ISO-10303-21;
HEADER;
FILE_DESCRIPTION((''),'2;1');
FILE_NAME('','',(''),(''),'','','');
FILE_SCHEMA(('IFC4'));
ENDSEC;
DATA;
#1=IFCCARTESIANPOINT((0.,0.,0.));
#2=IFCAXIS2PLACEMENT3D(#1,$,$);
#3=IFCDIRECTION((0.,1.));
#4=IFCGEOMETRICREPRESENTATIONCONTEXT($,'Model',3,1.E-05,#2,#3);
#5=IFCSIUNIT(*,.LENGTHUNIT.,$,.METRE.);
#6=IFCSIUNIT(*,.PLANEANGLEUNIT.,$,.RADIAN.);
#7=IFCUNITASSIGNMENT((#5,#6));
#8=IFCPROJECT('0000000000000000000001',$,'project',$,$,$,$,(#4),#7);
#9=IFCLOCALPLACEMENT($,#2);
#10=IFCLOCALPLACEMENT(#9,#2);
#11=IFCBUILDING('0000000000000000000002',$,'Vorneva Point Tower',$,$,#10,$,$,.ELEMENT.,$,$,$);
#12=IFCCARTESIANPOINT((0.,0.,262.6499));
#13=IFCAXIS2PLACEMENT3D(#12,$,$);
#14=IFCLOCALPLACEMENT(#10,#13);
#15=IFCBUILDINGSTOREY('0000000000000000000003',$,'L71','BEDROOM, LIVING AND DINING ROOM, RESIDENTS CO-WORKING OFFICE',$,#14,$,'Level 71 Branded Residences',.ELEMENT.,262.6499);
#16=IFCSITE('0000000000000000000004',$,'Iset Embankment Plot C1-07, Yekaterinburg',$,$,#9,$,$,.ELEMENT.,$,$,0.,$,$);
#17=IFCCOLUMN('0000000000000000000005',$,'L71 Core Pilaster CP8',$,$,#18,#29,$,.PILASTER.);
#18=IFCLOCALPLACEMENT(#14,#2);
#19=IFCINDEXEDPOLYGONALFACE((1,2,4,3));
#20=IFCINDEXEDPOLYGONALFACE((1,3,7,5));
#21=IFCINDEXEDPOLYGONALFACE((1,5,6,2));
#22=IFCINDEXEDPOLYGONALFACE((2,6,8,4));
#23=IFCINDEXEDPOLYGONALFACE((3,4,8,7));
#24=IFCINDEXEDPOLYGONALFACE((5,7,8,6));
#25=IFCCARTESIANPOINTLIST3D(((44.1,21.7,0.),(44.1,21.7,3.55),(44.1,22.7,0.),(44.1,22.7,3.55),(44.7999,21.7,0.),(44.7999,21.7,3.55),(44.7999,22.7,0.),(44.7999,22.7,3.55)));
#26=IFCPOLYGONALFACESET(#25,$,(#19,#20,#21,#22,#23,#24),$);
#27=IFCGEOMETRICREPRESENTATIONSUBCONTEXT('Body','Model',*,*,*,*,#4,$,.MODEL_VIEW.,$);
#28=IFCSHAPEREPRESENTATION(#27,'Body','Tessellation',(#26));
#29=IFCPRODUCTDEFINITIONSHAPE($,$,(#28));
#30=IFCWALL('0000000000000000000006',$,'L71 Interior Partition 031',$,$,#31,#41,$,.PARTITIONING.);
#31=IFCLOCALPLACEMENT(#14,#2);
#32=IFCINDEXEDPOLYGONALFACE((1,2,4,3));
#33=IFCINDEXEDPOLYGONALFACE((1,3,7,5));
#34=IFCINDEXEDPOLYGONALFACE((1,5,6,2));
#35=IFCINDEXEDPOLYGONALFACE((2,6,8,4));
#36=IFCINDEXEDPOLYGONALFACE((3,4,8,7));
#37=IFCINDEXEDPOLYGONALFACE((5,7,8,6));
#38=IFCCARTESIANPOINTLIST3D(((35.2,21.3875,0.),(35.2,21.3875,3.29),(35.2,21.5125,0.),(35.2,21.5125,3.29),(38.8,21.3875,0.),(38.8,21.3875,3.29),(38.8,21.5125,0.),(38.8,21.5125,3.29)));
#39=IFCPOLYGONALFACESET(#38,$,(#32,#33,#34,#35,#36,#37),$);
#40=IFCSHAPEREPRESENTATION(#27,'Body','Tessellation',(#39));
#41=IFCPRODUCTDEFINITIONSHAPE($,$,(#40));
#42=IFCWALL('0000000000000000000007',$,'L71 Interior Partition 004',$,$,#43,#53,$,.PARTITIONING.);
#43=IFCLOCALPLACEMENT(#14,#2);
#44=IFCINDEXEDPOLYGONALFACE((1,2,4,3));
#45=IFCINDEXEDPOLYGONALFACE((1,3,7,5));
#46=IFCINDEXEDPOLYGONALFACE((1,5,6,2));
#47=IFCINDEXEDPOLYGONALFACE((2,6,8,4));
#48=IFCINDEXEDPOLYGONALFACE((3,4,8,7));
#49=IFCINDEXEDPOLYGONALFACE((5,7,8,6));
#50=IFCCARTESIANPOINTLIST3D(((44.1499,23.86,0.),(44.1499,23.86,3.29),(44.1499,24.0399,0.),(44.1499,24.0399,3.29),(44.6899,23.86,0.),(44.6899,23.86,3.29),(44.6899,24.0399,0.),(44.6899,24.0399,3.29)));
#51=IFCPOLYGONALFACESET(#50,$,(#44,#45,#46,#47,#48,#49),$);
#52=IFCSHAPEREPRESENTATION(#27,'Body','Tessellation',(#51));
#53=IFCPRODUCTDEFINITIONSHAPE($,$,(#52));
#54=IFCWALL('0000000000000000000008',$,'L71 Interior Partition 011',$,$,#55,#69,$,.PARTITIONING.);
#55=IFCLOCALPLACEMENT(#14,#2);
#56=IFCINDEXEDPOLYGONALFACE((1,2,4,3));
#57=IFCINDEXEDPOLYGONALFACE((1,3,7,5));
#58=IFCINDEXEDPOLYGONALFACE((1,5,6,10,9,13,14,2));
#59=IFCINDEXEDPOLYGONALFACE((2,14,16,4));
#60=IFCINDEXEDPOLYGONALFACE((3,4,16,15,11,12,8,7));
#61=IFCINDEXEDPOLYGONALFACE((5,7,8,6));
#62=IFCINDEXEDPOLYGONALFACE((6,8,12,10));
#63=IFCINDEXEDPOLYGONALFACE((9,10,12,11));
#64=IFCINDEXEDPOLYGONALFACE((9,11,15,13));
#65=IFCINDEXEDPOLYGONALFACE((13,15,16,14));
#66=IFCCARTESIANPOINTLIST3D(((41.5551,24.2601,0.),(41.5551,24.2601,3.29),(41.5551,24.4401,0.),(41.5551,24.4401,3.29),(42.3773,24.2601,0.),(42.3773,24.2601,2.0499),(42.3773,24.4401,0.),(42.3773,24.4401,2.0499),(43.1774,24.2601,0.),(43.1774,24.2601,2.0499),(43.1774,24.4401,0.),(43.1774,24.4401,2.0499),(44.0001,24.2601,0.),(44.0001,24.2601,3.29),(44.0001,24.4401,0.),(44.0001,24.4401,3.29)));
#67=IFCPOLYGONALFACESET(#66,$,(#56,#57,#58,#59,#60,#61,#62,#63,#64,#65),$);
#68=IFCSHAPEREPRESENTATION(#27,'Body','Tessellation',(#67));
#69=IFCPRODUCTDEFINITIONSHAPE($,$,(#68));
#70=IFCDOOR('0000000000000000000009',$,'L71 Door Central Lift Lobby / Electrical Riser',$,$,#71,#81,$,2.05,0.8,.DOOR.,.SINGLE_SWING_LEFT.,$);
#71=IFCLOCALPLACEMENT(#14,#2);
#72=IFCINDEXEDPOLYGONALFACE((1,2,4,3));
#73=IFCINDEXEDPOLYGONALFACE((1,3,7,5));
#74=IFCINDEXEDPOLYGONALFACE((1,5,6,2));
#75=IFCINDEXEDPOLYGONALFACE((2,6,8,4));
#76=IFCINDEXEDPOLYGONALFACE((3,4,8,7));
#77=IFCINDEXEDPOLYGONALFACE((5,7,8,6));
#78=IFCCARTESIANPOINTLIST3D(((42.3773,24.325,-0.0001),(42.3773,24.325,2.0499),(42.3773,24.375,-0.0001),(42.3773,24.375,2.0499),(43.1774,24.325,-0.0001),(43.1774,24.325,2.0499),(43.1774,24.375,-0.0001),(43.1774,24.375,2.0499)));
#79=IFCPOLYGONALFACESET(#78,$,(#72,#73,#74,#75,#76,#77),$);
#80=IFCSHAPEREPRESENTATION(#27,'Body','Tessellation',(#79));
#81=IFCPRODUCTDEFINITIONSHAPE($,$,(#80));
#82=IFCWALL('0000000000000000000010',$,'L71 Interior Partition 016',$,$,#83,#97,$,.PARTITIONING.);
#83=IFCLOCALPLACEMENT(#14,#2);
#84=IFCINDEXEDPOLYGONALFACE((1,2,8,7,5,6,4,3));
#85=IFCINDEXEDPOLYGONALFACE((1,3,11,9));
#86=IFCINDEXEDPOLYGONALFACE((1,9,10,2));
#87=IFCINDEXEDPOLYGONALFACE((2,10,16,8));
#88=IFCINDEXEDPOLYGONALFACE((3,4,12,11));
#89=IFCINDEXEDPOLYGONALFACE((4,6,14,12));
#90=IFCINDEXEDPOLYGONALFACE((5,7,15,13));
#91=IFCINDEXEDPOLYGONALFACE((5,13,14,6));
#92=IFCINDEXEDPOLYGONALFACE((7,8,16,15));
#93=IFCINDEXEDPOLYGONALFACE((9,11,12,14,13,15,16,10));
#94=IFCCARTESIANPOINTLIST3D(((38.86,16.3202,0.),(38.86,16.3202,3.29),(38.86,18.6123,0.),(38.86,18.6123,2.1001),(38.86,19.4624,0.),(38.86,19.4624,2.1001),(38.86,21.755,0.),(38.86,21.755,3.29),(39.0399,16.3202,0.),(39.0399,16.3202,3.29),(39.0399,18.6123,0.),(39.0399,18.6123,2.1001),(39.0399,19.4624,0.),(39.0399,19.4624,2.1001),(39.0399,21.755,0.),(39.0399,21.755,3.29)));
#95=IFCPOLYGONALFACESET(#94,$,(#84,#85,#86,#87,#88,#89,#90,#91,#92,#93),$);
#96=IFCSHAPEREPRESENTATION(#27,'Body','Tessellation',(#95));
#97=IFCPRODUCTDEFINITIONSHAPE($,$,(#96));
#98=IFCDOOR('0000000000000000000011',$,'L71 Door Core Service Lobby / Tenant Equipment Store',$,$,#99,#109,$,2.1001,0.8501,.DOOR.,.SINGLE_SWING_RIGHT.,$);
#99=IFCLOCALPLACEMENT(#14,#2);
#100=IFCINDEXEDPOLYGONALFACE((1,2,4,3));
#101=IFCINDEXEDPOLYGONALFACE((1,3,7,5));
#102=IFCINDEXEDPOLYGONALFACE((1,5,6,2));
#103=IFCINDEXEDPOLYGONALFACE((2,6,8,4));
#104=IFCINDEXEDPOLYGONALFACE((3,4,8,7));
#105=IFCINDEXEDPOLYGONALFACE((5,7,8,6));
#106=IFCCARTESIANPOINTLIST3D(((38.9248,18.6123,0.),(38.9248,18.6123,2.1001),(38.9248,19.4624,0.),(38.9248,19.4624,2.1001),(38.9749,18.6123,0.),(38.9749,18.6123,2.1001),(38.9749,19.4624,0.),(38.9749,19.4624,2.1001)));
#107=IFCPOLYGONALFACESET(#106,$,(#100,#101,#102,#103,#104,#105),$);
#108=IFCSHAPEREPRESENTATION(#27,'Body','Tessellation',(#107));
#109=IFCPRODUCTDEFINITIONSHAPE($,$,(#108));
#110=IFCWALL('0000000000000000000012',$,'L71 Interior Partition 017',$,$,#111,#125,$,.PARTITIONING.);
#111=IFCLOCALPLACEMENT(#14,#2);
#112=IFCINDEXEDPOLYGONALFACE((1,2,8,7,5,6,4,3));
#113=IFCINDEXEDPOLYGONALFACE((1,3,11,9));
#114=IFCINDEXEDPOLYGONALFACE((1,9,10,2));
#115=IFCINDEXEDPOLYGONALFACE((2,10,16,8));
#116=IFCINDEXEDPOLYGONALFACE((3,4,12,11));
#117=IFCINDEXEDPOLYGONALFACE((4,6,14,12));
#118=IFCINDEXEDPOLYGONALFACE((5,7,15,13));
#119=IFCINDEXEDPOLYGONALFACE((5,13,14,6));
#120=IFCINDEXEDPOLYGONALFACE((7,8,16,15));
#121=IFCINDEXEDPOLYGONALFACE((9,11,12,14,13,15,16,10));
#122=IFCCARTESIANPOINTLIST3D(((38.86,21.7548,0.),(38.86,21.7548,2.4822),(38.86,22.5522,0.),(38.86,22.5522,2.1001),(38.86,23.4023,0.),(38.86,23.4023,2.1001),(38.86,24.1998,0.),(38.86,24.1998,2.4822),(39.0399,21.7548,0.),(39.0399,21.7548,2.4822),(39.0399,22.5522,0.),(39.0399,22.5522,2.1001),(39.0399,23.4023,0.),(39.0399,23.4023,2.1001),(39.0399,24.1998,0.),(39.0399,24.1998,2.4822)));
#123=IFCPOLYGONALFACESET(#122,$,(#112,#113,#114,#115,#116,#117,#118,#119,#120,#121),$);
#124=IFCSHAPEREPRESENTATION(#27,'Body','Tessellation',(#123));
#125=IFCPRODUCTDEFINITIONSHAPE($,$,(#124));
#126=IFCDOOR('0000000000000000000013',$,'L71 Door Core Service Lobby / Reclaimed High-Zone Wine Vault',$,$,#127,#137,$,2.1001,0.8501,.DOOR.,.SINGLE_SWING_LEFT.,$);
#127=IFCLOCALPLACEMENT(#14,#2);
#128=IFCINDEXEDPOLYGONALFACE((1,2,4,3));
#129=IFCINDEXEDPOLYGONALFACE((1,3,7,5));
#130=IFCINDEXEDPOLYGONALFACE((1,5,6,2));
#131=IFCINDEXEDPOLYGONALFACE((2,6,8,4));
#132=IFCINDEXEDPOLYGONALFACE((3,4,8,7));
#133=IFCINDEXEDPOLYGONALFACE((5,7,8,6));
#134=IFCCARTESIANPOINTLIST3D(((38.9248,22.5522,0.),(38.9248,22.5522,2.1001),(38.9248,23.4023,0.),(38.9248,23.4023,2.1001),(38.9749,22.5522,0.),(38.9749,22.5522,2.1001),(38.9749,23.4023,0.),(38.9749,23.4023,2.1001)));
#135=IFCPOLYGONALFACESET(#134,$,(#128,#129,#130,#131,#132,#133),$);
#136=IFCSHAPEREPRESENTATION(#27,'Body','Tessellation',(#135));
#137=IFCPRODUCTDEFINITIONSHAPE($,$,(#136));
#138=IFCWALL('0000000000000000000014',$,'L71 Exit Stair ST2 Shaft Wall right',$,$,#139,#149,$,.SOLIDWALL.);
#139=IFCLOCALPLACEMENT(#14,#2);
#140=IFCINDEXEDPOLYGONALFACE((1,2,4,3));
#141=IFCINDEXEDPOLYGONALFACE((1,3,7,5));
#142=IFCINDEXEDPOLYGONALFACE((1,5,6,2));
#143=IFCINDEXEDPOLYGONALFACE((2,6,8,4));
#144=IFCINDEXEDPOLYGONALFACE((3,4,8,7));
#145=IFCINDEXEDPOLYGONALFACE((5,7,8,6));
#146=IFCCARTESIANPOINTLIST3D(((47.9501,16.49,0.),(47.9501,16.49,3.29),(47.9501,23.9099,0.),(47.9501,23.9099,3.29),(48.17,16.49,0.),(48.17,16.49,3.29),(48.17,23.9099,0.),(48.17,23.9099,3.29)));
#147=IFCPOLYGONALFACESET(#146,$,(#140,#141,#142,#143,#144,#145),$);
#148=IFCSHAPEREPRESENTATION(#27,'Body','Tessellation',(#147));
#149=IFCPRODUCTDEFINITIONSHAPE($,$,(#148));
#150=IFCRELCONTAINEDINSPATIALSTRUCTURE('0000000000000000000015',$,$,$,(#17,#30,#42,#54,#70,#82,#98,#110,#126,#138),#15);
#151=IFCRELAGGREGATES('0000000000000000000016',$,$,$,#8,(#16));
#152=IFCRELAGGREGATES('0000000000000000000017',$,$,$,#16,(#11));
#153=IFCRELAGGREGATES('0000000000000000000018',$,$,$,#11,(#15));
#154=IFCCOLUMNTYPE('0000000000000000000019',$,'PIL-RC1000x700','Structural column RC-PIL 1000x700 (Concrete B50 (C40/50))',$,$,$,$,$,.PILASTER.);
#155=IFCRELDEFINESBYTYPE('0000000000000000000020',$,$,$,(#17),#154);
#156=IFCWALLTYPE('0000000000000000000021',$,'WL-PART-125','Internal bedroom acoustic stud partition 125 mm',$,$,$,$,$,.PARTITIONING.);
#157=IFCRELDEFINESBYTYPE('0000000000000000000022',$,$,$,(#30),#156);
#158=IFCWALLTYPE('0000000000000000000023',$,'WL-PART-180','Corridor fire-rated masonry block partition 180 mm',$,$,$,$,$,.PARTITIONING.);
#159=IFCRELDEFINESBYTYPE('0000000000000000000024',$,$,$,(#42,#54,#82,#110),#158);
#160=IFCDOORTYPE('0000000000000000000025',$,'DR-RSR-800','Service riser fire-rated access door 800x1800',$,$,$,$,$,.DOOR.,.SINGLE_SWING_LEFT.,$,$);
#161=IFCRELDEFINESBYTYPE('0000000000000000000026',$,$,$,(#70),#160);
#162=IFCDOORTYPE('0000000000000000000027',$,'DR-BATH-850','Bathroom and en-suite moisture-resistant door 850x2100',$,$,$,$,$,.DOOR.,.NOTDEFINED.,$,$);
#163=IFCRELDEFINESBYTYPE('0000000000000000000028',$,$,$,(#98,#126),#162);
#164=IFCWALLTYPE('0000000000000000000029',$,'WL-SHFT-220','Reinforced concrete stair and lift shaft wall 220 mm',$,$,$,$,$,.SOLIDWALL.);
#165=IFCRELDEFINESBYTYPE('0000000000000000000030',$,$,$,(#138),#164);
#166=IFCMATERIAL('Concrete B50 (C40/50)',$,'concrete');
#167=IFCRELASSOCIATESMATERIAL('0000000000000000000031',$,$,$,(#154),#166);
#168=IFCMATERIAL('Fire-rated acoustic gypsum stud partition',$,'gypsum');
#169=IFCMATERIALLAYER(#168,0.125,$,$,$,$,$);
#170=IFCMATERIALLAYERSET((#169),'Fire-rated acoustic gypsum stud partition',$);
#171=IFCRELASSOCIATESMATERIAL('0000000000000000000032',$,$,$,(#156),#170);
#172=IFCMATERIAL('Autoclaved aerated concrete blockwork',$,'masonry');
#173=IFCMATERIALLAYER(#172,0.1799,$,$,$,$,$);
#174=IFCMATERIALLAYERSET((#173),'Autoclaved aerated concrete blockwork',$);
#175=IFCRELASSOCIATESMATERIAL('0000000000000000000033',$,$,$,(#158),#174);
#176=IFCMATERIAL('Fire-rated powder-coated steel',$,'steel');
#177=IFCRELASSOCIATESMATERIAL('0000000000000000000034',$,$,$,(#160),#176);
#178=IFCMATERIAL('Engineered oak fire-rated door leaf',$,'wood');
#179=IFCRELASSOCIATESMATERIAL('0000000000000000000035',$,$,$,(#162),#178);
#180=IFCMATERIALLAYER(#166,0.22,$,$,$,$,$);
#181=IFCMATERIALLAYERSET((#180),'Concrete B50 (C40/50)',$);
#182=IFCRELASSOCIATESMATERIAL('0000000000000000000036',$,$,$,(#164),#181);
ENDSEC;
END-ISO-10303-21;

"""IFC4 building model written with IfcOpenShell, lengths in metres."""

from ifc_helpers import new_model, si_unit, direction, frame, frame_2d, origin, origin_2d, place, context, subcontext, project, spatial, rectangle, extrude, material, layer, layer_set, material_profile, profile_set, type_object, element, fill, save


model = new_model("IFC4")

# Units and contexts
model_context = context("Model", 3, precision=1e-05, world=origin(), true_north=direction((0.0, 1.0)))
body_context = subcontext(model_context, "Body", "Model", "MODEL_VIEW")
ifc_project = project(units=[si_unit("LENGTHUNIT", "METRE"), si_unit("PLANEANGLEUNIT", "RADIAN")], contexts=[model_context])

# Site, building, storey
site_placement = place(None, origin())
site = spatial("IfcSite", under=ifc_project, at=site_placement, Name="Iset Embankment Plot C1-07, Yekaterinburg", CompositionType="ELEMENT", RefElevation=0.0)
building_placement = place(site_placement, origin())
building = spatial("IfcBuilding", under=site, at=building_placement, Name="Vorneva Point Tower", CompositionType="ELEMENT")
storey_placement = place(building_placement, frame((0.0, 0.0, 262.6499)))
storey = spatial("IfcBuildingStorey", under=building, at=storey_placement, Name="L71", Description="BEDROOM, LIVING AND DINING ROOM, RESIDENTS CO-WORKING OFFICE", LongName="Level 71 Branded Residences", CompositionType="ELEMENT", Elevation=262.6499)

# Column
ifc_material_1 = material(Name="Concrete B50 (C40/50)", Category="concrete")
ifc_material_profile = material_profile(ifc_material_1, rectangle(XDim=0.7, YDim=1.0, at=origin_2d()), Name="RC-PIL 1000x700")
ifc_profile_set = profile_set([ifc_material_profile], Name="Concrete B50 (C40/50)")
column_type = type_object("IfcColumnType", Name="PIL-RC1000x700", Description="Structural column RC-PIL 1000x700 (Concrete B50 (C40/50))", PredefinedType="PILASTER", material=ifc_profile_set)
column_placement = place(storey_placement, frame((44.45, 22.2, 0.0), z_axis=(0.0, 0.0, 1.0), x_axis=(1.0, 0.0, 0.0)))
element("IfcColumn", 1, at=column_placement, inside=storey, type_object=column_type, Name="L71 Core Pilaster CP8", PredefinedType="PILASTER", context=body_context, shape_type="SweptSolid", body=[
    extrude(rectangle(XDim=0.7, YDim=1.0, at=origin_2d()), origin(), (0.0, 0.0, 1.0), 3.55),
])

# Walls
ifc_material_2 = material(Name="Fire-rated acoustic gypsum stud partition", Category="gypsum")
ifc_layer_1 = layer(ifc_material_2, 0.125)
ifc_layer_set_1 = layer_set([ifc_layer_1], Name="Fire-rated acoustic gypsum stud partition")
wall_type_1 = type_object("IfcWallType", Name="WL-PART-125", Description="Internal bedroom acoustic stud partition 125 mm", PredefinedType="PARTITIONING", material=ifc_layer_set_1)
wall_1_placement = place(storey_placement, frame((38.8, 21.45, 0.0), z_axis=(0.0, 0.0, 1.0), x_axis=(-1.0, 0.0, 0.0)))
element("IfcWall", 2, at=wall_1_placement, inside=storey, type_object=wall_type_1, Name="L71 Interior Partition 031", PredefinedType="PARTITIONING", context=body_context, shape_type="SweptSolid", body=[
    extrude(rectangle(XDim=3.6001, YDim=0.125, at=frame_2d((1.8, 0.0))), origin(), (0.0, 0.0, 1.0), 3.29),
])
ifc_material_3 = material(Name="Autoclaved aerated concrete blockwork", Category="masonry")
ifc_layer_2 = layer(ifc_material_3, 0.1799)
ifc_layer_set_2 = layer_set([ifc_layer_2], Name="Autoclaved aerated concrete blockwork")
wall_type_2 = type_object("IfcWallType", Name="WL-PART-180", Description="Corridor fire-rated masonry block partition 180 mm", PredefinedType="PARTITIONING", material=ifc_layer_set_2)
wall_2_placement = place(storey_placement, frame((44.1499, 23.95, 0.0), z_axis=(0.0, 0.0, 1.0), x_axis=(1.0, 0.0, 0.0)))
element("IfcWall", 3, at=wall_2_placement, inside=storey, type_object=wall_type_2, Name="L71 Interior Partition 004", PredefinedType="PARTITIONING", context=body_context, shape_type="SweptSolid", body=[
    extrude(rectangle(XDim=0.54, YDim=0.1799, at=frame_2d((0.27, 0.0))), origin(), (0.0, 0.0, 1.0), 3.29),
])

# Walls, openings, doors
ifc_material_4 = material(Name="Fire-rated powder-coated steel", Category="steel")
wall_3_placement = place(storey_placement, frame((41.5549, 24.3501, 0.0), z_axis=(0.0, 0.0, 1.0), x_axis=(1.0, 0.0, 0.0)))
wall_3 = element("IfcWall", 4, at=wall_3_placement, inside=storey, type_object=wall_type_2, Name="L71 Interior Partition 011", PredefinedType="PARTITIONING", context=body_context, shape_type="SweptSolid", body=[
    extrude(rectangle(XDim=2.4451, YDim=0.1799, at=frame_2d((1.2227, 0.0))), origin(), (0.0, 0.0, 1.0), 3.29),
])
opening_1_placement = place(wall_3_placement, frame((0.8225, 0.0, 0.0)))
opening_1 = element("IfcOpeningElement", 5, at=opening_1_placement, cuts=wall_3, PredefinedType="OPENING", context=body_context, shape_type="SweptSolid", body=[
    extrude(rectangle(XDim=0.8, YDim=2.05, at=frame_2d((0.3999, 1.0249))), frame((0.0, 0.105, 0.0), z_axis=(0.0, -1.0, 0.0), x_axis=(1.0, 0.0, 0.0)), (0.0, 0.0, 1.0), 0.2097),
])
door_type_1 = type_object("IfcDoorType", Name="DR-RSR-800", Description="Service riser fire-rated access door 800x1800", OperationType="SINGLE_SWING_LEFT", PredefinedType="DOOR", material=ifc_material_4)
door_1_placement = place(opening_1_placement, origin())
door_1 = element("IfcDoor", 6, at=door_1_placement, inside=storey, type_object=door_type_1, Name="L71 Door Central Lift Lobby / Electrical Riser", OperationType="SINGLE_SWING_LEFT", OverallHeight=2.05, OverallWidth=0.8, PredefinedType="DOOR", context=body_context, shape_type="SweptSolid", body=[
    extrude(rectangle(XDim=0.8, YDim=2.05, at=frame_2d((0.3999, 1.0249))), frame((0.0, 0.0249, 0.0), z_axis=(0.0, -1.0, 0.0), x_axis=(1.0, 0.0, 0.0)), (0.0, 0.0, 1.0), 0.05),
])
fill(opening_1, door_1)
wall_4_placement = place(storey_placement, frame((38.95, 21.7549, 0.0), z_axis=(0.0, 0.0, 1.0), x_axis=(0.0, -1.0, 0.0)))
wall_4 = element("IfcWall", 7, at=wall_4_placement, inside=storey, type_object=wall_type_2, Name="L71 Interior Partition 016", PredefinedType="PARTITIONING", context=body_context, shape_type="SweptSolid", body=[
    extrude(rectangle(XDim=5.4348, YDim=0.1799, at=frame_2d((2.7173, 0.0))), origin(), (0.0, 0.0, 1.0), 3.29),
])
opening_2_placement = place(wall_4_placement, frame((2.2925, 0.0, 0.0)))
opening_2 = element("IfcOpeningElement", 8, at=opening_2_placement, cuts=wall_4, PredefinedType="OPENING", context=body_context, shape_type="SweptSolid", body=[
    extrude(rectangle(XDim=0.8501, YDim=2.1001, at=frame_2d((0.425, 1.05))), frame((0.0, 0.105, 0.0), z_axis=(0.0, -1.0, 0.0), x_axis=(1.0, 0.0, 0.0)), (0.0, 0.0, 1.0), 0.2097),
])
ifc_material_5 = material(Name="Engineered oak fire-rated door leaf", Category="wood")
door_type_2 = type_object("IfcDoorType", Name="DR-BATH-850", Description="Bathroom and en-suite moisture-resistant door 850x2100", OperationType="NOTDEFINED", PredefinedType="DOOR", material=ifc_material_5)
door_2_placement = place(opening_2_placement, origin())
door_2 = element("IfcDoor", 9, at=door_2_placement, inside=storey, type_object=door_type_2, Name="L71 Door Core Service Lobby / Tenant Equipment Store", OperationType="SINGLE_SWING_RIGHT", OverallHeight=2.1001, OverallWidth=0.8501, PredefinedType="DOOR", context=body_context, shape_type="SweptSolid", body=[
    extrude(rectangle(XDim=0.8501, YDim=2.1001, at=frame_2d((0.425, 1.05))), frame((0.0, 0.0249, 0.0), z_axis=(0.0, -1.0, 0.0), x_axis=(1.0, 0.0, 0.0)), (0.0, 0.0, 1.0), 0.05),
])
fill(opening_2, door_2)
wall_5_placement = place(storey_placement, frame((38.95, 24.2, 0.0), z_axis=(0.0, 0.0, 1.0), x_axis=(0.0, -1.0, 0.0)))
wall_5 = element("IfcWall", 10, at=wall_5_placement, inside=storey, type_object=wall_type_2, Name="L71 Interior Partition 017", PredefinedType="PARTITIONING", context=body_context, shape_type="SweptSolid", body=[
    extrude(rectangle(XDim=2.4451, YDim=0.1799, at=frame_2d((1.2227, 0.0))), origin(), (0.0, 0.0, 1.0), 2.4822),
])
opening_3_placement = place(wall_5_placement, frame((0.7976, 0.0, 0.0)))
opening_3 = element("IfcOpeningElement", 11, at=opening_3_placement, cuts=wall_5, PredefinedType="OPENING", context=body_context, shape_type="SweptSolid", body=[
    extrude(rectangle(XDim=0.8501, YDim=2.1001, at=frame_2d((0.425, 1.05))), frame((0.0, 0.105, 0.0), z_axis=(0.0, -1.0, 0.0), x_axis=(1.0, 0.0, 0.0)), (0.0, 0.0, 1.0), 0.2097),
])
door_3_placement = place(opening_3_placement, origin())
door_3 = element("IfcDoor", 12, at=door_3_placement, inside=storey, type_object=door_type_2, Name="L71 Door Core Service Lobby / Reclaimed High-Zone Wine Vault", OperationType="SINGLE_SWING_LEFT", OverallHeight=2.1001, OverallWidth=0.8501, PredefinedType="DOOR", context=body_context, shape_type="SweptSolid", body=[
    extrude(rectangle(XDim=0.8501, YDim=2.1001, at=frame_2d((0.425, 1.05))), frame((0.0, 0.0249, 0.0), z_axis=(0.0, -1.0, 0.0), x_axis=(1.0, 0.0, 0.0)), (0.0, 0.0, 1.0), 0.05),
])
fill(opening_3, door_3)
ifc_layer_3 = layer(ifc_material_1, 0.22)
ifc_layer_set_3 = layer_set([ifc_layer_3], Name="Concrete B50 (C40/50)")
wall_type_3 = type_object("IfcWallType", Name="WL-SHFT-220", Description="Reinforced concrete stair and lift shaft wall 220 mm", PredefinedType="SOLIDWALL", material=ifc_layer_set_3)

# Wall
wall_6_placement = place(storey_placement, frame((48.0601, 23.9099, 0.0), z_axis=(0.0, 0.0, 1.0), x_axis=(0.0, -1.0, 0.0)))
element("IfcWall", 13, at=wall_6_placement, inside=storey, type_object=wall_type_3, Name="L71 Exit Stair ST2 Shaft Wall right", PredefinedType="SOLIDWALL", context=body_context, shape_type="SweptSolid", body=[
    extrude(rectangle(XDim=7.4199, YDim=0.22, at=frame_2d((3.71, 0.0))), origin(), (0.0, 0.0, 1.0), 3.29),
])

save(model, "model.ifc")
